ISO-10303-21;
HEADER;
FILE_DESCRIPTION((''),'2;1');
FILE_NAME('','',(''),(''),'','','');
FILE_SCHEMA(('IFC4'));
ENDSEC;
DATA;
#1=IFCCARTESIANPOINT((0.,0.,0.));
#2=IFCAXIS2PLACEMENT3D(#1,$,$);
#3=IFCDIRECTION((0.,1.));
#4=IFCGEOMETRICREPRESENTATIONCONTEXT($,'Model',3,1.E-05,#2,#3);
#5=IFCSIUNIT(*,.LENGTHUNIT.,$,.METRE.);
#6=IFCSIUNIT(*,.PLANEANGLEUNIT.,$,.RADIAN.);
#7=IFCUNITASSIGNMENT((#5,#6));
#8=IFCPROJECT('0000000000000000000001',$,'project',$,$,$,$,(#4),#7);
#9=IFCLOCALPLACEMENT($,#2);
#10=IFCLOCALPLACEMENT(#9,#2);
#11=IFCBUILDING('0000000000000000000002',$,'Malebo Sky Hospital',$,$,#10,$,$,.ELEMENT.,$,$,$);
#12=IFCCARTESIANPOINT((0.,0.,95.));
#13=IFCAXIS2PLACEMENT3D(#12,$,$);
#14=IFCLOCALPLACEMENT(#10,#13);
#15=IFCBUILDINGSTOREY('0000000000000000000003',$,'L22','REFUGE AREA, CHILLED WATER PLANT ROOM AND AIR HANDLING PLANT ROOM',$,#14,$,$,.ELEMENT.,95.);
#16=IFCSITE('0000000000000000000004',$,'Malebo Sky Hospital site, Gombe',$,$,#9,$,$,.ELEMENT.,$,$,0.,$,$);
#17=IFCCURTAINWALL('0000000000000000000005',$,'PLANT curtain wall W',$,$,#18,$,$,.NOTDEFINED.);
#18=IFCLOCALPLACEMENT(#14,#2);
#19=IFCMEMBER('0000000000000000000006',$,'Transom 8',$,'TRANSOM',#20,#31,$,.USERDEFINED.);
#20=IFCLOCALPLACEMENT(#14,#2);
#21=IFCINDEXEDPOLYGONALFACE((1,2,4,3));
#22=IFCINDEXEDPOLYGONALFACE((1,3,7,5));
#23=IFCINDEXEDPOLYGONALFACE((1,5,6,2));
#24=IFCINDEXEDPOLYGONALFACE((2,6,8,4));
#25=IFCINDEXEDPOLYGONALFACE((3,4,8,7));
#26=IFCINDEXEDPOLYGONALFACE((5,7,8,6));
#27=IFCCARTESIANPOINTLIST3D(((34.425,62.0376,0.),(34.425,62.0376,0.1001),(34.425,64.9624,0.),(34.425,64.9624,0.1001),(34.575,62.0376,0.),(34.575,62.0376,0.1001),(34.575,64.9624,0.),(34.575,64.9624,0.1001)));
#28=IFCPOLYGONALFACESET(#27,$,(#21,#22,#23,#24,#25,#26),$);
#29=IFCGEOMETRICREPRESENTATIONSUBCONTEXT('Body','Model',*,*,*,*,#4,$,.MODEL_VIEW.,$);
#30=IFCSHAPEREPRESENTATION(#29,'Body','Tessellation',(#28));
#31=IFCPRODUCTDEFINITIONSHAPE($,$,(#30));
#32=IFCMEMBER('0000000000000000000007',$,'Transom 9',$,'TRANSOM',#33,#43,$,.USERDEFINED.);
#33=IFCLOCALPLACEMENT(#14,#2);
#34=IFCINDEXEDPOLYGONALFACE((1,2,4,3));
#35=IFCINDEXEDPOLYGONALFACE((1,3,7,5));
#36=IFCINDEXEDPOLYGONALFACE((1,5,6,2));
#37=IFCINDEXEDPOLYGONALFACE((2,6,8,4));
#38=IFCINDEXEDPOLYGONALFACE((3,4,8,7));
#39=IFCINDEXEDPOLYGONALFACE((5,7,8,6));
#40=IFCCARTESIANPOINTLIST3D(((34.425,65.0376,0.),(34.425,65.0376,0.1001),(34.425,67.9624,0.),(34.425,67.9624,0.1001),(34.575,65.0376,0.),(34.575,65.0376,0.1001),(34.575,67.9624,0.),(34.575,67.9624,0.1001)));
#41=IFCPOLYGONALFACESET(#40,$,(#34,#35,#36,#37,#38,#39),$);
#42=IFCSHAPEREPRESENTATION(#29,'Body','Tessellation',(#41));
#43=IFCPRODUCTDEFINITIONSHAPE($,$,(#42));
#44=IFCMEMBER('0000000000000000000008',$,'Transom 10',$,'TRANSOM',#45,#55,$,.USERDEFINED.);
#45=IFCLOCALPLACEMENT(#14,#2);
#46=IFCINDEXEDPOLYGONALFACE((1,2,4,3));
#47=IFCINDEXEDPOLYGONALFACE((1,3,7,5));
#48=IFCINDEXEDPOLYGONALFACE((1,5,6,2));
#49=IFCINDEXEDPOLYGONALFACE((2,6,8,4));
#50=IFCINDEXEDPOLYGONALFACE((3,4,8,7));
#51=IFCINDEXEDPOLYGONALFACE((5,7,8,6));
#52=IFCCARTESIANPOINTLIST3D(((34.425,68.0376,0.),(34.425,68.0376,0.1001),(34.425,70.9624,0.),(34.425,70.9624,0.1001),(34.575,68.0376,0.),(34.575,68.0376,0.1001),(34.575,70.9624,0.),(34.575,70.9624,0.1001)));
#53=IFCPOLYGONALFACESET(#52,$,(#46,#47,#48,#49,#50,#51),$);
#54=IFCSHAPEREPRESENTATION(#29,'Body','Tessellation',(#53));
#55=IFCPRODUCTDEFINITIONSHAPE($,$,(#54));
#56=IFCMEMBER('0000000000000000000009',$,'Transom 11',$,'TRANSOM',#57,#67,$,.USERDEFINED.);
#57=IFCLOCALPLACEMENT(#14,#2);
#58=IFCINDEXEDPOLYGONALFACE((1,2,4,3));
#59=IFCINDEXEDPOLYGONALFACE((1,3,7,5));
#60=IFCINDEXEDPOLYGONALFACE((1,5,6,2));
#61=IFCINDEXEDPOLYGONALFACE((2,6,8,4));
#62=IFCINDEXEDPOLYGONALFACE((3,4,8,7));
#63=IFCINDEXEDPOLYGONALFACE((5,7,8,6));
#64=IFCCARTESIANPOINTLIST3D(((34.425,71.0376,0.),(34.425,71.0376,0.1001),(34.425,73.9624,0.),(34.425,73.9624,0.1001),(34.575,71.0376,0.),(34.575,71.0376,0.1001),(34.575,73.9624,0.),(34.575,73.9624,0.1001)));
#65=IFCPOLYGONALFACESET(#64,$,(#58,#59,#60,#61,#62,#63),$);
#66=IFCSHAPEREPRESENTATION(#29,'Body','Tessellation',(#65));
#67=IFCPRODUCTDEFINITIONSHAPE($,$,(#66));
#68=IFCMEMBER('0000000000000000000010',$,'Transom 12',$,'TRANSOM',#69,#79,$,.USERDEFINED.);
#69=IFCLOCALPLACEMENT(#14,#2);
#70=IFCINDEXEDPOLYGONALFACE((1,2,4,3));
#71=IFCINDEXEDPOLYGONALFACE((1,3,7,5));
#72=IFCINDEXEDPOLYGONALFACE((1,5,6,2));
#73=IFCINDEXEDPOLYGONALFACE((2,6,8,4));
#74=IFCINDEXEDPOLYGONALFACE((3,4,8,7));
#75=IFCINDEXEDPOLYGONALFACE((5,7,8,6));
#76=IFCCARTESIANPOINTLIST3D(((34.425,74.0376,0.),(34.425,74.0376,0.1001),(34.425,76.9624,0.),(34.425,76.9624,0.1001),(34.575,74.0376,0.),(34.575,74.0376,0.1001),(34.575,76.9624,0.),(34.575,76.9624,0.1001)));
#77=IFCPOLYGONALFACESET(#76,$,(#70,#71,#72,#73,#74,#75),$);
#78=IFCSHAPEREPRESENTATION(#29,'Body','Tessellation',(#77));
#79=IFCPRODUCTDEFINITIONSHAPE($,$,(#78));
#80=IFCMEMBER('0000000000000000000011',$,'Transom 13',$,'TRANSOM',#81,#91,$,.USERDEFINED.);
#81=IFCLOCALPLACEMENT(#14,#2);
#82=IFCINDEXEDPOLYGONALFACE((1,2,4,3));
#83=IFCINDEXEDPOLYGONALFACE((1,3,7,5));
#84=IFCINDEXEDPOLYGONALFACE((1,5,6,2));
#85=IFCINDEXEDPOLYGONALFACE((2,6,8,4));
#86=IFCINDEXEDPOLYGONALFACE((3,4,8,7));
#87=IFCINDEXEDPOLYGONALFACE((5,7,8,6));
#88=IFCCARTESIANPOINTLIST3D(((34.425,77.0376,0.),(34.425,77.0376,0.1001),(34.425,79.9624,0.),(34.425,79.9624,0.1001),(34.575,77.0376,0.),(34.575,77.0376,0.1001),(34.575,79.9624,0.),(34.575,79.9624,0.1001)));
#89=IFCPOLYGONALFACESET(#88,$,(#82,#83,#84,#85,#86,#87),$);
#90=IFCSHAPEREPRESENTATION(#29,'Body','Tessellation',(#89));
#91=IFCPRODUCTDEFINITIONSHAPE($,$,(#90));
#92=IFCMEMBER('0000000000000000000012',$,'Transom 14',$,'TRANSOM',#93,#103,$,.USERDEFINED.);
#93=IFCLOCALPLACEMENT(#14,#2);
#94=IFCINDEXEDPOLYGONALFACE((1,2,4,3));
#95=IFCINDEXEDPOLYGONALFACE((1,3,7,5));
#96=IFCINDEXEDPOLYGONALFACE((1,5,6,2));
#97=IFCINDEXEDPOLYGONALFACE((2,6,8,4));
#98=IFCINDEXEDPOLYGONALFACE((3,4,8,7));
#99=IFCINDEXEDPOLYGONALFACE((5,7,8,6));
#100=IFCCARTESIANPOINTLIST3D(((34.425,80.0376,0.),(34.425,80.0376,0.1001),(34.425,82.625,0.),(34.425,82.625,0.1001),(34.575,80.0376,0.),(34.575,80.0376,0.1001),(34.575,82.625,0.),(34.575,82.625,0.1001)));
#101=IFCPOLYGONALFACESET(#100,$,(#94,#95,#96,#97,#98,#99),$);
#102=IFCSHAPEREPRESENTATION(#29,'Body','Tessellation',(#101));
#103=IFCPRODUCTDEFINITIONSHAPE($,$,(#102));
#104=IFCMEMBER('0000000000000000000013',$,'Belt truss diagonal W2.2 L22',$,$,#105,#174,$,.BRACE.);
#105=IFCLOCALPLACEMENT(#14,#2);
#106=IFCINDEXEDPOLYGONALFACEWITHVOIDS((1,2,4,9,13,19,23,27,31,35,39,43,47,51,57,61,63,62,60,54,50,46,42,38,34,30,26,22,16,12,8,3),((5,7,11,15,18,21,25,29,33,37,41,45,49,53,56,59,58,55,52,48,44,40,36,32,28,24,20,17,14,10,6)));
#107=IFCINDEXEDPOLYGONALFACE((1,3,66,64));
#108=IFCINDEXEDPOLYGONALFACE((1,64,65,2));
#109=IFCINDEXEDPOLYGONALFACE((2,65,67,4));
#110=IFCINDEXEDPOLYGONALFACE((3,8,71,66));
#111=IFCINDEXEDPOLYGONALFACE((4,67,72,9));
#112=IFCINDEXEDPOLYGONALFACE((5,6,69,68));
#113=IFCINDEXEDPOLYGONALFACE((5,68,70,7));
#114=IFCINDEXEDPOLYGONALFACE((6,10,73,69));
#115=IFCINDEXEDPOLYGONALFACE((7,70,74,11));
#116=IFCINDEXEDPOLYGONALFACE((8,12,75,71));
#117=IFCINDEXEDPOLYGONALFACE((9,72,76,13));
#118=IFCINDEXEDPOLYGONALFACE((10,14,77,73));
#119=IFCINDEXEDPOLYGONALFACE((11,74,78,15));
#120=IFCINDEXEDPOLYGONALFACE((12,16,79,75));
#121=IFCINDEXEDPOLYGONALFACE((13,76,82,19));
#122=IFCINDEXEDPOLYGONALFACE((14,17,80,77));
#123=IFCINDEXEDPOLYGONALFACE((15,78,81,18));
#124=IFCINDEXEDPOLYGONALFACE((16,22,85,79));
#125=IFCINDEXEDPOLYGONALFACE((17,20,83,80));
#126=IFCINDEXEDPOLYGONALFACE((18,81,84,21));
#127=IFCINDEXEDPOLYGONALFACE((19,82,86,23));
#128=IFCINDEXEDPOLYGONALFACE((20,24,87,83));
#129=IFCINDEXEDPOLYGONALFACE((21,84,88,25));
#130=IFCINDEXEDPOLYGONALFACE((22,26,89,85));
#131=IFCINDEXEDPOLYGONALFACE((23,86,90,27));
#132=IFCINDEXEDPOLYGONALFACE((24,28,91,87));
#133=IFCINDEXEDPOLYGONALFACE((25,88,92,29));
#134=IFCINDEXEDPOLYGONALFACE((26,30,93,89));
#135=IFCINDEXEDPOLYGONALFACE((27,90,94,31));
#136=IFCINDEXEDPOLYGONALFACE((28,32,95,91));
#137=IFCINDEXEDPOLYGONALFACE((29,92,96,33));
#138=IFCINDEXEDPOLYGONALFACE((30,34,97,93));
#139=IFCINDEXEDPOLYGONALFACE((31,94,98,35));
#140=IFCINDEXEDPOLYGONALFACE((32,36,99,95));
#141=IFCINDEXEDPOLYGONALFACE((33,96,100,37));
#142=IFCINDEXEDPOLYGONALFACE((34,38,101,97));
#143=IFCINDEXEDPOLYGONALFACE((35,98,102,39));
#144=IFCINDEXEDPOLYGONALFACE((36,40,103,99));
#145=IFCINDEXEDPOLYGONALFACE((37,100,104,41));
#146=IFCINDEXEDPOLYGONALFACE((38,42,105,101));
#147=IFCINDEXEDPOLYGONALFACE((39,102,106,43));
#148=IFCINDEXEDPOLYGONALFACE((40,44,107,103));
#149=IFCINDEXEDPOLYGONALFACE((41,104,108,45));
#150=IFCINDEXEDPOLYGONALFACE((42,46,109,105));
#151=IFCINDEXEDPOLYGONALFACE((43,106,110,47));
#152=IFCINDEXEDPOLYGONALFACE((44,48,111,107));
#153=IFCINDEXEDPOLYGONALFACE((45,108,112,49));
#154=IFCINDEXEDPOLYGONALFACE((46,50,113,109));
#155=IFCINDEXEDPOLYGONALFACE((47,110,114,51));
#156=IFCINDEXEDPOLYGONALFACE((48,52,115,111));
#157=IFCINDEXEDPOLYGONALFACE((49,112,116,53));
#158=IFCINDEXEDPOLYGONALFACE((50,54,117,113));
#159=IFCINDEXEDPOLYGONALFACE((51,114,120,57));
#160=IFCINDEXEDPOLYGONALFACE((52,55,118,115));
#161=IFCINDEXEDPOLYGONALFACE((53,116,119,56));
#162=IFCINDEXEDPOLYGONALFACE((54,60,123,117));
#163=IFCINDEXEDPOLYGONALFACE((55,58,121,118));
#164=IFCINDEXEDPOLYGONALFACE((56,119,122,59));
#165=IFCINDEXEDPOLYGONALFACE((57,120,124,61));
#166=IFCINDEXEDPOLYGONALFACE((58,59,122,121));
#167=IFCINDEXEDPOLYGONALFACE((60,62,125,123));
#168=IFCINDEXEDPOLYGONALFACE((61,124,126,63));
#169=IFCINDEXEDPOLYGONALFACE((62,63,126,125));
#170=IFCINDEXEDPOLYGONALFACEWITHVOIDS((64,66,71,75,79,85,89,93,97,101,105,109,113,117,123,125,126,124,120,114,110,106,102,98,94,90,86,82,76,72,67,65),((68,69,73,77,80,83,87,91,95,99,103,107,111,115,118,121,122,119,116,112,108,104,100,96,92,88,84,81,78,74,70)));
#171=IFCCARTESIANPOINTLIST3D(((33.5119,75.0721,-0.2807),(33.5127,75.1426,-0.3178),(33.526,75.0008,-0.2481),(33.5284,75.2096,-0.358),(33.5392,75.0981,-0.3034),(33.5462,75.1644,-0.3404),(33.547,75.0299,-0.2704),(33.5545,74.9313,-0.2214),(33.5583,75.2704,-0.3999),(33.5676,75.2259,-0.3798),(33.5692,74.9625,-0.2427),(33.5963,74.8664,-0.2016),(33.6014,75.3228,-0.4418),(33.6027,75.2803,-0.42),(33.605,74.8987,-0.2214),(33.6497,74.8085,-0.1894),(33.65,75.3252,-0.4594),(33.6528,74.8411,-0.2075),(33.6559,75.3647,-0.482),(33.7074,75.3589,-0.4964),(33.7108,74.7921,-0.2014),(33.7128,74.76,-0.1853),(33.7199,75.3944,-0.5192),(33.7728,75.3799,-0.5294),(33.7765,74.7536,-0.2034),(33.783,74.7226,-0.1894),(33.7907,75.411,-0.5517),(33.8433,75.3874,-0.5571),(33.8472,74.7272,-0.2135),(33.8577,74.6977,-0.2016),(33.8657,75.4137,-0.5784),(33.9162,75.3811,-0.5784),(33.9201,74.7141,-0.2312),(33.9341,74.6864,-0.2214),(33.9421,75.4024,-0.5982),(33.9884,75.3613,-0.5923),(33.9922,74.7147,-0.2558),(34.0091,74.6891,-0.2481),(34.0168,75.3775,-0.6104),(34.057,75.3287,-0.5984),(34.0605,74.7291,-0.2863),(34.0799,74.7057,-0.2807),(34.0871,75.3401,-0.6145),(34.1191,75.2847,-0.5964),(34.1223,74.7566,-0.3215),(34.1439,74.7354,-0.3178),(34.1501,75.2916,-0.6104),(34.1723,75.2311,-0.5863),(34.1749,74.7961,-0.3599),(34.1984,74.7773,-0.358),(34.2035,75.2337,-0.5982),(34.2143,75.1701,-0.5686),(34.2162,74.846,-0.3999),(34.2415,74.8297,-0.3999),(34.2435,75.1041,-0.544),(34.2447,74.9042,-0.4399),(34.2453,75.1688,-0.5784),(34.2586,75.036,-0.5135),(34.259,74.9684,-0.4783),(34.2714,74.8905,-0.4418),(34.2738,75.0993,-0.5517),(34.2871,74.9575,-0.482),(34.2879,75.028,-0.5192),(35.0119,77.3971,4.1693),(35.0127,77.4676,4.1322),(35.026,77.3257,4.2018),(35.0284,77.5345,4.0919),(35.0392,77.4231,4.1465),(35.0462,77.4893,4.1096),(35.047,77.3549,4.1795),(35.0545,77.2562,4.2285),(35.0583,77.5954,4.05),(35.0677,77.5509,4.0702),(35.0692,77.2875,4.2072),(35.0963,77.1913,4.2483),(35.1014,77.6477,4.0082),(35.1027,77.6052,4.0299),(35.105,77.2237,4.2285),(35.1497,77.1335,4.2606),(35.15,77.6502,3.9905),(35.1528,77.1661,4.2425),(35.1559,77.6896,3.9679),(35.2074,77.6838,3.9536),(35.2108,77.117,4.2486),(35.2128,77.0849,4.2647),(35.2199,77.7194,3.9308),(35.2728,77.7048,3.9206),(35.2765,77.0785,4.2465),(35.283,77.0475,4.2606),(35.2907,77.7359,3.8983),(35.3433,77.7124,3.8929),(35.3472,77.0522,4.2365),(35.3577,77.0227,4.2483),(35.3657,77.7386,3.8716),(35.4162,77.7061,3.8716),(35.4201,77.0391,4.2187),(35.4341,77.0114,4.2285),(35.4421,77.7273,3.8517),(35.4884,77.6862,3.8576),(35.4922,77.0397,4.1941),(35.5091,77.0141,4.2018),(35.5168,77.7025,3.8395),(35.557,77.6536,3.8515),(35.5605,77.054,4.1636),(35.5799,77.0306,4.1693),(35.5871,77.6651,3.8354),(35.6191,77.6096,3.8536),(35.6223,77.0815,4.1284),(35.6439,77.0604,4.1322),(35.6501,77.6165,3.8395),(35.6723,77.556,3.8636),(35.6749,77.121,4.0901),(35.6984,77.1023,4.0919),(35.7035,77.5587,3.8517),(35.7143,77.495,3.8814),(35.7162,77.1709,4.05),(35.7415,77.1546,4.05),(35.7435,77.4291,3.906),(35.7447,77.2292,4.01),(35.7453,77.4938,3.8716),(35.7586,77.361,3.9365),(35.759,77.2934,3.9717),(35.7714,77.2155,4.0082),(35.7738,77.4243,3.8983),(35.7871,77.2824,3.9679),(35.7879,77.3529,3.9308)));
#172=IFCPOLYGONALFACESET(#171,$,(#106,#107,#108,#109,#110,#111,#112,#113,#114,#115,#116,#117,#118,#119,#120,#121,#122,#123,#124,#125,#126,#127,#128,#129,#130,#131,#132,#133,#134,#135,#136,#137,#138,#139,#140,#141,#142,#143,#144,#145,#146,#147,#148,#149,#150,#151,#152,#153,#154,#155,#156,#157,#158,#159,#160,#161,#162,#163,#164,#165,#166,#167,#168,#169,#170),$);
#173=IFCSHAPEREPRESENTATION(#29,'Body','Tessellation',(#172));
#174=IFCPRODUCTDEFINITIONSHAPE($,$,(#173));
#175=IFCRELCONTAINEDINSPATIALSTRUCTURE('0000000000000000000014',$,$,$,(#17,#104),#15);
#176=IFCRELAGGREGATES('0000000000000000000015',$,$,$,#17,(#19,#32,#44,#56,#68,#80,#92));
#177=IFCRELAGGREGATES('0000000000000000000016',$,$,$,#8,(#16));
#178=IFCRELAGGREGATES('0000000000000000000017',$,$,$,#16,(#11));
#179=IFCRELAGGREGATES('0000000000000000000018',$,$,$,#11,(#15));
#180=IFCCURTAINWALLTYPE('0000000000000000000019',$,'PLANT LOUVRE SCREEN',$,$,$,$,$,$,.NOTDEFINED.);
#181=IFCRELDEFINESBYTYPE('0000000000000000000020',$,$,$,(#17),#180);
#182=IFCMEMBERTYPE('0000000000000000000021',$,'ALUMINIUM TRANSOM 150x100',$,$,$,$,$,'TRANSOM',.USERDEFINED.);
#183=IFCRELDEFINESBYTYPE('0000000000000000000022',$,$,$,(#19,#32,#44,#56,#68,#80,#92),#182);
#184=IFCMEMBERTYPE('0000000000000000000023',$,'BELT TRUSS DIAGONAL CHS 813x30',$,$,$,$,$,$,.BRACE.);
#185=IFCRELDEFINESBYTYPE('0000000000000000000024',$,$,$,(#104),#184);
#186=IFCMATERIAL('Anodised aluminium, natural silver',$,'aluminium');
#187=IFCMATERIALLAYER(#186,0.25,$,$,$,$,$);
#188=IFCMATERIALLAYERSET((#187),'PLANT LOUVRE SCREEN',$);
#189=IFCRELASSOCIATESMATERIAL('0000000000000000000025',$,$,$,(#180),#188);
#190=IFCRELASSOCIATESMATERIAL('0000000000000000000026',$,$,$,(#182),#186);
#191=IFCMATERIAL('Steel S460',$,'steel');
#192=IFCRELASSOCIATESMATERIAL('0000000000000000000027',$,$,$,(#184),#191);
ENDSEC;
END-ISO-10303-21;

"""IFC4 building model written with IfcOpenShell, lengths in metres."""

from ifc_helpers import new_model, si_unit, direction, frame, origin, origin_2d, place, context, subcontext, project, spatial, rectangle, hollow_circle, extrude, material, layer, layer_set, material_profile, profile_set, type_object, element, aggregate, save


model = new_model("IFC4")

# Units and contexts
model_context = context("Model", 3, precision=1e-05, world=origin(), true_north=direction((0.0, 1.0)))
body_context = subcontext(model_context, "Body", "Model", "MODEL_VIEW")
ifc_project = project(units=[si_unit("LENGTHUNIT", "METRE"), si_unit("PLANEANGLEUNIT", "RADIAN")], contexts=[model_context])

# Site, building, storey
site_placement = place(None, origin())
site = spatial("IfcSite", under=ifc_project, at=site_placement, Name="Malebo Sky Hospital site, Gombe", CompositionType="ELEMENT", RefElevation=0.0)
building_placement = place(site_placement, origin())
building = spatial("IfcBuilding", under=site, at=building_placement, Name="Malebo Sky Hospital", CompositionType="ELEMENT")
storey_placement = place(building_placement, frame((0.0, 0.0, 95.0)))
storey = spatial("IfcBuildingStorey", under=building, at=storey_placement, Name="L22", Description="REFUGE AREA, CHILLED WATER PLANT ROOM AND AIR HANDLING PLANT ROOM", CompositionType="ELEMENT", Elevation=95.0)

# Curtain wall, members
ifc_material_1 = material(Name="Anodised aluminium, natural silver", Category="aluminium")
ifc_layer_1 = layer(ifc_material_1, 0.25)
ifc_layer_set_1 = layer_set([ifc_layer_1], Name="PLANT LOUVRE SCREEN")
curtain_wall_type = type_object("IfcCurtainWallType", Name="PLANT LOUVRE SCREEN", PredefinedType="NOTDEFINED", material=ifc_layer_set_1)
curtain_wall_placement = place(storey_placement, origin())
curtain_wall = element("IfcCurtainWall", 1, at=curtain_wall_placement, inside=storey, type_object=curtain_wall_type, Name="PLANT curtain wall W", PredefinedType="NOTDEFINED")
ifc_material_profile_1 = material_profile(ifc_material_1, rectangle(XDim=0.1499, YDim=0.1001, at=origin_2d()), Name="ALUMINIUM TRANSOM 150x100")
ifc_profile_set_1 = profile_set([ifc_material_profile_1], Name="Anodised aluminium, natural silver")
member_type_1 = type_object("IfcMemberType", Name="ALUMINIUM TRANSOM 150x100", ElementType="TRANSOM", PredefinedType="USERDEFINED", material=ifc_profile_set_1)
member_1_placement = place(storey_placement, frame((34.5, 62.0376, 0.05), z_axis=(0.0, 1.0, 0.0), x_axis=(-1.0, 0.0, 0.0)))
member_1 = element("IfcMember", 2, at=member_1_placement, type_object=member_type_1, Name="Transom 8", ObjectType="TRANSOM", PredefinedType="USERDEFINED", context=body_context, shape_type="SweptSolid", body=[
    extrude(rectangle(XDim=0.1499, YDim=0.1001, at=origin_2d()), origin(), (0.0, 0.0, 1.0), 2.9248),
])
member_2_placement = place(storey_placement, frame((34.5, 65.0376, 0.05), z_axis=(0.0, 1.0, 0.0), x_axis=(-1.0, 0.0, 0.0)))
member_2 = element("IfcMember", 3, at=member_2_placement, type_object=member_type_1, Name="Transom 9", ObjectType="TRANSOM", PredefinedType="USERDEFINED", context=body_context, shape_type="SweptSolid", body=[
    extrude(rectangle(XDim=0.1499, YDim=0.1001, at=origin_2d()), origin(), (0.0, 0.0, 1.0), 2.9248),
])
member_3_placement = place(storey_placement, frame((34.5, 68.0376, 0.05), z_axis=(0.0, 1.0, 0.0), x_axis=(-1.0, 0.0, 0.0)))
member_3 = element("IfcMember", 4, at=member_3_placement, type_object=member_type_1, Name="Transom 10", ObjectType="TRANSOM", PredefinedType="USERDEFINED", context=body_context, shape_type="SweptSolid", body=[
    extrude(rectangle(XDim=0.1499, YDim=0.1001, at=origin_2d()), origin(), (0.0, 0.0, 1.0), 2.9248),
])
member_4_placement = place(storey_placement, frame((34.5, 71.0376, 0.05), z_axis=(0.0, 1.0, 0.0), x_axis=(-1.0, 0.0, 0.0)))
member_4 = element("IfcMember", 5, at=member_4_placement, type_object=member_type_1, Name="Transom 11", ObjectType="TRANSOM", PredefinedType="USERDEFINED", context=body_context, shape_type="SweptSolid", body=[
    extrude(rectangle(XDim=0.1499, YDim=0.1001, at=origin_2d()), origin(), (0.0, 0.0, 1.0), 2.9248),
])
member_5_placement = place(storey_placement, frame((34.5, 74.0376, 0.05), z_axis=(0.0, 1.0, 0.0), x_axis=(-1.0, 0.0, 0.0)))
member_5 = element("IfcMember", 6, at=member_5_placement, type_object=member_type_1, Name="Transom 12", ObjectType="TRANSOM", PredefinedType="USERDEFINED", context=body_context, shape_type="SweptSolid", body=[
    extrude(rectangle(XDim=0.1499, YDim=0.1001, at=origin_2d()), origin(), (0.0, 0.0, 1.0), 2.9248),
])
member_6_placement = place(storey_placement, frame((34.5, 77.0376, 0.05), z_axis=(0.0, 1.0, 0.0), x_axis=(-1.0, 0.0, 0.0)))
member_6 = element("IfcMember", 7, at=member_6_placement, type_object=member_type_1, Name="Transom 13", ObjectType="TRANSOM", PredefinedType="USERDEFINED", context=body_context, shape_type="SweptSolid", body=[
    extrude(rectangle(XDim=0.1499, YDim=0.1001, at=origin_2d()), origin(), (0.0, 0.0, 1.0), 2.9248),
])
member_7_placement = place(storey_placement, frame((34.5, 80.0376, 0.05), z_axis=(0.0, 1.0, 0.0), x_axis=(-1.0, 0.0, 0.0)))
member_7 = element("IfcMember", 8, at=member_7_placement, type_object=member_type_1, Name="Transom 14", ObjectType="TRANSOM", PredefinedType="USERDEFINED", context=body_context, shape_type="SweptSolid", body=[
    extrude(rectangle(XDim=0.1499, YDim=0.1001, at=origin_2d()), origin(), (0.0, 0.0, 1.0), 2.5874),
])

# Member
ifc_material_2 = material(Name="Steel S460", Category="steel")
ifc_material_profile_2 = material_profile(ifc_material_2, hollow_circle(Radius=0.4065, WallThickness=0.03, at=origin_2d()), Name="CHS 813x30")
ifc_profile_set_2 = profile_set([ifc_material_profile_2], Name="Steel S460")
member_type_2 = type_object("IfcMemberType", Name="BELT TRUSS DIAGONAL CHS 813x30", PredefinedType="BRACE", material=ifc_profile_set_2)
member_8_placement = place(storey_placement, frame((35.3999, 77.375, 4.05), z_axis=(-0.28626, -0.443694, -0.849229), x_axis=(0.840291, -0.542135, 0.0)))
element("IfcMember", 9, at=member_8_placement, inside=storey, type_object=member_type_2, Name="Belt truss diagonal W2.2 L22", PredefinedType="BRACE", context=body_context, shape_type="SweptSolid", body=[
    extrude(hollow_circle(Radius=0.4065, WallThickness=0.03, at=origin_2d()), origin(), (0.0, 0.0, 1.0), 5.24),
])

aggregate(curtain_wall, [member_1, member_2, member_3, member_4, member_5, member_6, member_7])

save(model, "model.ifc")
